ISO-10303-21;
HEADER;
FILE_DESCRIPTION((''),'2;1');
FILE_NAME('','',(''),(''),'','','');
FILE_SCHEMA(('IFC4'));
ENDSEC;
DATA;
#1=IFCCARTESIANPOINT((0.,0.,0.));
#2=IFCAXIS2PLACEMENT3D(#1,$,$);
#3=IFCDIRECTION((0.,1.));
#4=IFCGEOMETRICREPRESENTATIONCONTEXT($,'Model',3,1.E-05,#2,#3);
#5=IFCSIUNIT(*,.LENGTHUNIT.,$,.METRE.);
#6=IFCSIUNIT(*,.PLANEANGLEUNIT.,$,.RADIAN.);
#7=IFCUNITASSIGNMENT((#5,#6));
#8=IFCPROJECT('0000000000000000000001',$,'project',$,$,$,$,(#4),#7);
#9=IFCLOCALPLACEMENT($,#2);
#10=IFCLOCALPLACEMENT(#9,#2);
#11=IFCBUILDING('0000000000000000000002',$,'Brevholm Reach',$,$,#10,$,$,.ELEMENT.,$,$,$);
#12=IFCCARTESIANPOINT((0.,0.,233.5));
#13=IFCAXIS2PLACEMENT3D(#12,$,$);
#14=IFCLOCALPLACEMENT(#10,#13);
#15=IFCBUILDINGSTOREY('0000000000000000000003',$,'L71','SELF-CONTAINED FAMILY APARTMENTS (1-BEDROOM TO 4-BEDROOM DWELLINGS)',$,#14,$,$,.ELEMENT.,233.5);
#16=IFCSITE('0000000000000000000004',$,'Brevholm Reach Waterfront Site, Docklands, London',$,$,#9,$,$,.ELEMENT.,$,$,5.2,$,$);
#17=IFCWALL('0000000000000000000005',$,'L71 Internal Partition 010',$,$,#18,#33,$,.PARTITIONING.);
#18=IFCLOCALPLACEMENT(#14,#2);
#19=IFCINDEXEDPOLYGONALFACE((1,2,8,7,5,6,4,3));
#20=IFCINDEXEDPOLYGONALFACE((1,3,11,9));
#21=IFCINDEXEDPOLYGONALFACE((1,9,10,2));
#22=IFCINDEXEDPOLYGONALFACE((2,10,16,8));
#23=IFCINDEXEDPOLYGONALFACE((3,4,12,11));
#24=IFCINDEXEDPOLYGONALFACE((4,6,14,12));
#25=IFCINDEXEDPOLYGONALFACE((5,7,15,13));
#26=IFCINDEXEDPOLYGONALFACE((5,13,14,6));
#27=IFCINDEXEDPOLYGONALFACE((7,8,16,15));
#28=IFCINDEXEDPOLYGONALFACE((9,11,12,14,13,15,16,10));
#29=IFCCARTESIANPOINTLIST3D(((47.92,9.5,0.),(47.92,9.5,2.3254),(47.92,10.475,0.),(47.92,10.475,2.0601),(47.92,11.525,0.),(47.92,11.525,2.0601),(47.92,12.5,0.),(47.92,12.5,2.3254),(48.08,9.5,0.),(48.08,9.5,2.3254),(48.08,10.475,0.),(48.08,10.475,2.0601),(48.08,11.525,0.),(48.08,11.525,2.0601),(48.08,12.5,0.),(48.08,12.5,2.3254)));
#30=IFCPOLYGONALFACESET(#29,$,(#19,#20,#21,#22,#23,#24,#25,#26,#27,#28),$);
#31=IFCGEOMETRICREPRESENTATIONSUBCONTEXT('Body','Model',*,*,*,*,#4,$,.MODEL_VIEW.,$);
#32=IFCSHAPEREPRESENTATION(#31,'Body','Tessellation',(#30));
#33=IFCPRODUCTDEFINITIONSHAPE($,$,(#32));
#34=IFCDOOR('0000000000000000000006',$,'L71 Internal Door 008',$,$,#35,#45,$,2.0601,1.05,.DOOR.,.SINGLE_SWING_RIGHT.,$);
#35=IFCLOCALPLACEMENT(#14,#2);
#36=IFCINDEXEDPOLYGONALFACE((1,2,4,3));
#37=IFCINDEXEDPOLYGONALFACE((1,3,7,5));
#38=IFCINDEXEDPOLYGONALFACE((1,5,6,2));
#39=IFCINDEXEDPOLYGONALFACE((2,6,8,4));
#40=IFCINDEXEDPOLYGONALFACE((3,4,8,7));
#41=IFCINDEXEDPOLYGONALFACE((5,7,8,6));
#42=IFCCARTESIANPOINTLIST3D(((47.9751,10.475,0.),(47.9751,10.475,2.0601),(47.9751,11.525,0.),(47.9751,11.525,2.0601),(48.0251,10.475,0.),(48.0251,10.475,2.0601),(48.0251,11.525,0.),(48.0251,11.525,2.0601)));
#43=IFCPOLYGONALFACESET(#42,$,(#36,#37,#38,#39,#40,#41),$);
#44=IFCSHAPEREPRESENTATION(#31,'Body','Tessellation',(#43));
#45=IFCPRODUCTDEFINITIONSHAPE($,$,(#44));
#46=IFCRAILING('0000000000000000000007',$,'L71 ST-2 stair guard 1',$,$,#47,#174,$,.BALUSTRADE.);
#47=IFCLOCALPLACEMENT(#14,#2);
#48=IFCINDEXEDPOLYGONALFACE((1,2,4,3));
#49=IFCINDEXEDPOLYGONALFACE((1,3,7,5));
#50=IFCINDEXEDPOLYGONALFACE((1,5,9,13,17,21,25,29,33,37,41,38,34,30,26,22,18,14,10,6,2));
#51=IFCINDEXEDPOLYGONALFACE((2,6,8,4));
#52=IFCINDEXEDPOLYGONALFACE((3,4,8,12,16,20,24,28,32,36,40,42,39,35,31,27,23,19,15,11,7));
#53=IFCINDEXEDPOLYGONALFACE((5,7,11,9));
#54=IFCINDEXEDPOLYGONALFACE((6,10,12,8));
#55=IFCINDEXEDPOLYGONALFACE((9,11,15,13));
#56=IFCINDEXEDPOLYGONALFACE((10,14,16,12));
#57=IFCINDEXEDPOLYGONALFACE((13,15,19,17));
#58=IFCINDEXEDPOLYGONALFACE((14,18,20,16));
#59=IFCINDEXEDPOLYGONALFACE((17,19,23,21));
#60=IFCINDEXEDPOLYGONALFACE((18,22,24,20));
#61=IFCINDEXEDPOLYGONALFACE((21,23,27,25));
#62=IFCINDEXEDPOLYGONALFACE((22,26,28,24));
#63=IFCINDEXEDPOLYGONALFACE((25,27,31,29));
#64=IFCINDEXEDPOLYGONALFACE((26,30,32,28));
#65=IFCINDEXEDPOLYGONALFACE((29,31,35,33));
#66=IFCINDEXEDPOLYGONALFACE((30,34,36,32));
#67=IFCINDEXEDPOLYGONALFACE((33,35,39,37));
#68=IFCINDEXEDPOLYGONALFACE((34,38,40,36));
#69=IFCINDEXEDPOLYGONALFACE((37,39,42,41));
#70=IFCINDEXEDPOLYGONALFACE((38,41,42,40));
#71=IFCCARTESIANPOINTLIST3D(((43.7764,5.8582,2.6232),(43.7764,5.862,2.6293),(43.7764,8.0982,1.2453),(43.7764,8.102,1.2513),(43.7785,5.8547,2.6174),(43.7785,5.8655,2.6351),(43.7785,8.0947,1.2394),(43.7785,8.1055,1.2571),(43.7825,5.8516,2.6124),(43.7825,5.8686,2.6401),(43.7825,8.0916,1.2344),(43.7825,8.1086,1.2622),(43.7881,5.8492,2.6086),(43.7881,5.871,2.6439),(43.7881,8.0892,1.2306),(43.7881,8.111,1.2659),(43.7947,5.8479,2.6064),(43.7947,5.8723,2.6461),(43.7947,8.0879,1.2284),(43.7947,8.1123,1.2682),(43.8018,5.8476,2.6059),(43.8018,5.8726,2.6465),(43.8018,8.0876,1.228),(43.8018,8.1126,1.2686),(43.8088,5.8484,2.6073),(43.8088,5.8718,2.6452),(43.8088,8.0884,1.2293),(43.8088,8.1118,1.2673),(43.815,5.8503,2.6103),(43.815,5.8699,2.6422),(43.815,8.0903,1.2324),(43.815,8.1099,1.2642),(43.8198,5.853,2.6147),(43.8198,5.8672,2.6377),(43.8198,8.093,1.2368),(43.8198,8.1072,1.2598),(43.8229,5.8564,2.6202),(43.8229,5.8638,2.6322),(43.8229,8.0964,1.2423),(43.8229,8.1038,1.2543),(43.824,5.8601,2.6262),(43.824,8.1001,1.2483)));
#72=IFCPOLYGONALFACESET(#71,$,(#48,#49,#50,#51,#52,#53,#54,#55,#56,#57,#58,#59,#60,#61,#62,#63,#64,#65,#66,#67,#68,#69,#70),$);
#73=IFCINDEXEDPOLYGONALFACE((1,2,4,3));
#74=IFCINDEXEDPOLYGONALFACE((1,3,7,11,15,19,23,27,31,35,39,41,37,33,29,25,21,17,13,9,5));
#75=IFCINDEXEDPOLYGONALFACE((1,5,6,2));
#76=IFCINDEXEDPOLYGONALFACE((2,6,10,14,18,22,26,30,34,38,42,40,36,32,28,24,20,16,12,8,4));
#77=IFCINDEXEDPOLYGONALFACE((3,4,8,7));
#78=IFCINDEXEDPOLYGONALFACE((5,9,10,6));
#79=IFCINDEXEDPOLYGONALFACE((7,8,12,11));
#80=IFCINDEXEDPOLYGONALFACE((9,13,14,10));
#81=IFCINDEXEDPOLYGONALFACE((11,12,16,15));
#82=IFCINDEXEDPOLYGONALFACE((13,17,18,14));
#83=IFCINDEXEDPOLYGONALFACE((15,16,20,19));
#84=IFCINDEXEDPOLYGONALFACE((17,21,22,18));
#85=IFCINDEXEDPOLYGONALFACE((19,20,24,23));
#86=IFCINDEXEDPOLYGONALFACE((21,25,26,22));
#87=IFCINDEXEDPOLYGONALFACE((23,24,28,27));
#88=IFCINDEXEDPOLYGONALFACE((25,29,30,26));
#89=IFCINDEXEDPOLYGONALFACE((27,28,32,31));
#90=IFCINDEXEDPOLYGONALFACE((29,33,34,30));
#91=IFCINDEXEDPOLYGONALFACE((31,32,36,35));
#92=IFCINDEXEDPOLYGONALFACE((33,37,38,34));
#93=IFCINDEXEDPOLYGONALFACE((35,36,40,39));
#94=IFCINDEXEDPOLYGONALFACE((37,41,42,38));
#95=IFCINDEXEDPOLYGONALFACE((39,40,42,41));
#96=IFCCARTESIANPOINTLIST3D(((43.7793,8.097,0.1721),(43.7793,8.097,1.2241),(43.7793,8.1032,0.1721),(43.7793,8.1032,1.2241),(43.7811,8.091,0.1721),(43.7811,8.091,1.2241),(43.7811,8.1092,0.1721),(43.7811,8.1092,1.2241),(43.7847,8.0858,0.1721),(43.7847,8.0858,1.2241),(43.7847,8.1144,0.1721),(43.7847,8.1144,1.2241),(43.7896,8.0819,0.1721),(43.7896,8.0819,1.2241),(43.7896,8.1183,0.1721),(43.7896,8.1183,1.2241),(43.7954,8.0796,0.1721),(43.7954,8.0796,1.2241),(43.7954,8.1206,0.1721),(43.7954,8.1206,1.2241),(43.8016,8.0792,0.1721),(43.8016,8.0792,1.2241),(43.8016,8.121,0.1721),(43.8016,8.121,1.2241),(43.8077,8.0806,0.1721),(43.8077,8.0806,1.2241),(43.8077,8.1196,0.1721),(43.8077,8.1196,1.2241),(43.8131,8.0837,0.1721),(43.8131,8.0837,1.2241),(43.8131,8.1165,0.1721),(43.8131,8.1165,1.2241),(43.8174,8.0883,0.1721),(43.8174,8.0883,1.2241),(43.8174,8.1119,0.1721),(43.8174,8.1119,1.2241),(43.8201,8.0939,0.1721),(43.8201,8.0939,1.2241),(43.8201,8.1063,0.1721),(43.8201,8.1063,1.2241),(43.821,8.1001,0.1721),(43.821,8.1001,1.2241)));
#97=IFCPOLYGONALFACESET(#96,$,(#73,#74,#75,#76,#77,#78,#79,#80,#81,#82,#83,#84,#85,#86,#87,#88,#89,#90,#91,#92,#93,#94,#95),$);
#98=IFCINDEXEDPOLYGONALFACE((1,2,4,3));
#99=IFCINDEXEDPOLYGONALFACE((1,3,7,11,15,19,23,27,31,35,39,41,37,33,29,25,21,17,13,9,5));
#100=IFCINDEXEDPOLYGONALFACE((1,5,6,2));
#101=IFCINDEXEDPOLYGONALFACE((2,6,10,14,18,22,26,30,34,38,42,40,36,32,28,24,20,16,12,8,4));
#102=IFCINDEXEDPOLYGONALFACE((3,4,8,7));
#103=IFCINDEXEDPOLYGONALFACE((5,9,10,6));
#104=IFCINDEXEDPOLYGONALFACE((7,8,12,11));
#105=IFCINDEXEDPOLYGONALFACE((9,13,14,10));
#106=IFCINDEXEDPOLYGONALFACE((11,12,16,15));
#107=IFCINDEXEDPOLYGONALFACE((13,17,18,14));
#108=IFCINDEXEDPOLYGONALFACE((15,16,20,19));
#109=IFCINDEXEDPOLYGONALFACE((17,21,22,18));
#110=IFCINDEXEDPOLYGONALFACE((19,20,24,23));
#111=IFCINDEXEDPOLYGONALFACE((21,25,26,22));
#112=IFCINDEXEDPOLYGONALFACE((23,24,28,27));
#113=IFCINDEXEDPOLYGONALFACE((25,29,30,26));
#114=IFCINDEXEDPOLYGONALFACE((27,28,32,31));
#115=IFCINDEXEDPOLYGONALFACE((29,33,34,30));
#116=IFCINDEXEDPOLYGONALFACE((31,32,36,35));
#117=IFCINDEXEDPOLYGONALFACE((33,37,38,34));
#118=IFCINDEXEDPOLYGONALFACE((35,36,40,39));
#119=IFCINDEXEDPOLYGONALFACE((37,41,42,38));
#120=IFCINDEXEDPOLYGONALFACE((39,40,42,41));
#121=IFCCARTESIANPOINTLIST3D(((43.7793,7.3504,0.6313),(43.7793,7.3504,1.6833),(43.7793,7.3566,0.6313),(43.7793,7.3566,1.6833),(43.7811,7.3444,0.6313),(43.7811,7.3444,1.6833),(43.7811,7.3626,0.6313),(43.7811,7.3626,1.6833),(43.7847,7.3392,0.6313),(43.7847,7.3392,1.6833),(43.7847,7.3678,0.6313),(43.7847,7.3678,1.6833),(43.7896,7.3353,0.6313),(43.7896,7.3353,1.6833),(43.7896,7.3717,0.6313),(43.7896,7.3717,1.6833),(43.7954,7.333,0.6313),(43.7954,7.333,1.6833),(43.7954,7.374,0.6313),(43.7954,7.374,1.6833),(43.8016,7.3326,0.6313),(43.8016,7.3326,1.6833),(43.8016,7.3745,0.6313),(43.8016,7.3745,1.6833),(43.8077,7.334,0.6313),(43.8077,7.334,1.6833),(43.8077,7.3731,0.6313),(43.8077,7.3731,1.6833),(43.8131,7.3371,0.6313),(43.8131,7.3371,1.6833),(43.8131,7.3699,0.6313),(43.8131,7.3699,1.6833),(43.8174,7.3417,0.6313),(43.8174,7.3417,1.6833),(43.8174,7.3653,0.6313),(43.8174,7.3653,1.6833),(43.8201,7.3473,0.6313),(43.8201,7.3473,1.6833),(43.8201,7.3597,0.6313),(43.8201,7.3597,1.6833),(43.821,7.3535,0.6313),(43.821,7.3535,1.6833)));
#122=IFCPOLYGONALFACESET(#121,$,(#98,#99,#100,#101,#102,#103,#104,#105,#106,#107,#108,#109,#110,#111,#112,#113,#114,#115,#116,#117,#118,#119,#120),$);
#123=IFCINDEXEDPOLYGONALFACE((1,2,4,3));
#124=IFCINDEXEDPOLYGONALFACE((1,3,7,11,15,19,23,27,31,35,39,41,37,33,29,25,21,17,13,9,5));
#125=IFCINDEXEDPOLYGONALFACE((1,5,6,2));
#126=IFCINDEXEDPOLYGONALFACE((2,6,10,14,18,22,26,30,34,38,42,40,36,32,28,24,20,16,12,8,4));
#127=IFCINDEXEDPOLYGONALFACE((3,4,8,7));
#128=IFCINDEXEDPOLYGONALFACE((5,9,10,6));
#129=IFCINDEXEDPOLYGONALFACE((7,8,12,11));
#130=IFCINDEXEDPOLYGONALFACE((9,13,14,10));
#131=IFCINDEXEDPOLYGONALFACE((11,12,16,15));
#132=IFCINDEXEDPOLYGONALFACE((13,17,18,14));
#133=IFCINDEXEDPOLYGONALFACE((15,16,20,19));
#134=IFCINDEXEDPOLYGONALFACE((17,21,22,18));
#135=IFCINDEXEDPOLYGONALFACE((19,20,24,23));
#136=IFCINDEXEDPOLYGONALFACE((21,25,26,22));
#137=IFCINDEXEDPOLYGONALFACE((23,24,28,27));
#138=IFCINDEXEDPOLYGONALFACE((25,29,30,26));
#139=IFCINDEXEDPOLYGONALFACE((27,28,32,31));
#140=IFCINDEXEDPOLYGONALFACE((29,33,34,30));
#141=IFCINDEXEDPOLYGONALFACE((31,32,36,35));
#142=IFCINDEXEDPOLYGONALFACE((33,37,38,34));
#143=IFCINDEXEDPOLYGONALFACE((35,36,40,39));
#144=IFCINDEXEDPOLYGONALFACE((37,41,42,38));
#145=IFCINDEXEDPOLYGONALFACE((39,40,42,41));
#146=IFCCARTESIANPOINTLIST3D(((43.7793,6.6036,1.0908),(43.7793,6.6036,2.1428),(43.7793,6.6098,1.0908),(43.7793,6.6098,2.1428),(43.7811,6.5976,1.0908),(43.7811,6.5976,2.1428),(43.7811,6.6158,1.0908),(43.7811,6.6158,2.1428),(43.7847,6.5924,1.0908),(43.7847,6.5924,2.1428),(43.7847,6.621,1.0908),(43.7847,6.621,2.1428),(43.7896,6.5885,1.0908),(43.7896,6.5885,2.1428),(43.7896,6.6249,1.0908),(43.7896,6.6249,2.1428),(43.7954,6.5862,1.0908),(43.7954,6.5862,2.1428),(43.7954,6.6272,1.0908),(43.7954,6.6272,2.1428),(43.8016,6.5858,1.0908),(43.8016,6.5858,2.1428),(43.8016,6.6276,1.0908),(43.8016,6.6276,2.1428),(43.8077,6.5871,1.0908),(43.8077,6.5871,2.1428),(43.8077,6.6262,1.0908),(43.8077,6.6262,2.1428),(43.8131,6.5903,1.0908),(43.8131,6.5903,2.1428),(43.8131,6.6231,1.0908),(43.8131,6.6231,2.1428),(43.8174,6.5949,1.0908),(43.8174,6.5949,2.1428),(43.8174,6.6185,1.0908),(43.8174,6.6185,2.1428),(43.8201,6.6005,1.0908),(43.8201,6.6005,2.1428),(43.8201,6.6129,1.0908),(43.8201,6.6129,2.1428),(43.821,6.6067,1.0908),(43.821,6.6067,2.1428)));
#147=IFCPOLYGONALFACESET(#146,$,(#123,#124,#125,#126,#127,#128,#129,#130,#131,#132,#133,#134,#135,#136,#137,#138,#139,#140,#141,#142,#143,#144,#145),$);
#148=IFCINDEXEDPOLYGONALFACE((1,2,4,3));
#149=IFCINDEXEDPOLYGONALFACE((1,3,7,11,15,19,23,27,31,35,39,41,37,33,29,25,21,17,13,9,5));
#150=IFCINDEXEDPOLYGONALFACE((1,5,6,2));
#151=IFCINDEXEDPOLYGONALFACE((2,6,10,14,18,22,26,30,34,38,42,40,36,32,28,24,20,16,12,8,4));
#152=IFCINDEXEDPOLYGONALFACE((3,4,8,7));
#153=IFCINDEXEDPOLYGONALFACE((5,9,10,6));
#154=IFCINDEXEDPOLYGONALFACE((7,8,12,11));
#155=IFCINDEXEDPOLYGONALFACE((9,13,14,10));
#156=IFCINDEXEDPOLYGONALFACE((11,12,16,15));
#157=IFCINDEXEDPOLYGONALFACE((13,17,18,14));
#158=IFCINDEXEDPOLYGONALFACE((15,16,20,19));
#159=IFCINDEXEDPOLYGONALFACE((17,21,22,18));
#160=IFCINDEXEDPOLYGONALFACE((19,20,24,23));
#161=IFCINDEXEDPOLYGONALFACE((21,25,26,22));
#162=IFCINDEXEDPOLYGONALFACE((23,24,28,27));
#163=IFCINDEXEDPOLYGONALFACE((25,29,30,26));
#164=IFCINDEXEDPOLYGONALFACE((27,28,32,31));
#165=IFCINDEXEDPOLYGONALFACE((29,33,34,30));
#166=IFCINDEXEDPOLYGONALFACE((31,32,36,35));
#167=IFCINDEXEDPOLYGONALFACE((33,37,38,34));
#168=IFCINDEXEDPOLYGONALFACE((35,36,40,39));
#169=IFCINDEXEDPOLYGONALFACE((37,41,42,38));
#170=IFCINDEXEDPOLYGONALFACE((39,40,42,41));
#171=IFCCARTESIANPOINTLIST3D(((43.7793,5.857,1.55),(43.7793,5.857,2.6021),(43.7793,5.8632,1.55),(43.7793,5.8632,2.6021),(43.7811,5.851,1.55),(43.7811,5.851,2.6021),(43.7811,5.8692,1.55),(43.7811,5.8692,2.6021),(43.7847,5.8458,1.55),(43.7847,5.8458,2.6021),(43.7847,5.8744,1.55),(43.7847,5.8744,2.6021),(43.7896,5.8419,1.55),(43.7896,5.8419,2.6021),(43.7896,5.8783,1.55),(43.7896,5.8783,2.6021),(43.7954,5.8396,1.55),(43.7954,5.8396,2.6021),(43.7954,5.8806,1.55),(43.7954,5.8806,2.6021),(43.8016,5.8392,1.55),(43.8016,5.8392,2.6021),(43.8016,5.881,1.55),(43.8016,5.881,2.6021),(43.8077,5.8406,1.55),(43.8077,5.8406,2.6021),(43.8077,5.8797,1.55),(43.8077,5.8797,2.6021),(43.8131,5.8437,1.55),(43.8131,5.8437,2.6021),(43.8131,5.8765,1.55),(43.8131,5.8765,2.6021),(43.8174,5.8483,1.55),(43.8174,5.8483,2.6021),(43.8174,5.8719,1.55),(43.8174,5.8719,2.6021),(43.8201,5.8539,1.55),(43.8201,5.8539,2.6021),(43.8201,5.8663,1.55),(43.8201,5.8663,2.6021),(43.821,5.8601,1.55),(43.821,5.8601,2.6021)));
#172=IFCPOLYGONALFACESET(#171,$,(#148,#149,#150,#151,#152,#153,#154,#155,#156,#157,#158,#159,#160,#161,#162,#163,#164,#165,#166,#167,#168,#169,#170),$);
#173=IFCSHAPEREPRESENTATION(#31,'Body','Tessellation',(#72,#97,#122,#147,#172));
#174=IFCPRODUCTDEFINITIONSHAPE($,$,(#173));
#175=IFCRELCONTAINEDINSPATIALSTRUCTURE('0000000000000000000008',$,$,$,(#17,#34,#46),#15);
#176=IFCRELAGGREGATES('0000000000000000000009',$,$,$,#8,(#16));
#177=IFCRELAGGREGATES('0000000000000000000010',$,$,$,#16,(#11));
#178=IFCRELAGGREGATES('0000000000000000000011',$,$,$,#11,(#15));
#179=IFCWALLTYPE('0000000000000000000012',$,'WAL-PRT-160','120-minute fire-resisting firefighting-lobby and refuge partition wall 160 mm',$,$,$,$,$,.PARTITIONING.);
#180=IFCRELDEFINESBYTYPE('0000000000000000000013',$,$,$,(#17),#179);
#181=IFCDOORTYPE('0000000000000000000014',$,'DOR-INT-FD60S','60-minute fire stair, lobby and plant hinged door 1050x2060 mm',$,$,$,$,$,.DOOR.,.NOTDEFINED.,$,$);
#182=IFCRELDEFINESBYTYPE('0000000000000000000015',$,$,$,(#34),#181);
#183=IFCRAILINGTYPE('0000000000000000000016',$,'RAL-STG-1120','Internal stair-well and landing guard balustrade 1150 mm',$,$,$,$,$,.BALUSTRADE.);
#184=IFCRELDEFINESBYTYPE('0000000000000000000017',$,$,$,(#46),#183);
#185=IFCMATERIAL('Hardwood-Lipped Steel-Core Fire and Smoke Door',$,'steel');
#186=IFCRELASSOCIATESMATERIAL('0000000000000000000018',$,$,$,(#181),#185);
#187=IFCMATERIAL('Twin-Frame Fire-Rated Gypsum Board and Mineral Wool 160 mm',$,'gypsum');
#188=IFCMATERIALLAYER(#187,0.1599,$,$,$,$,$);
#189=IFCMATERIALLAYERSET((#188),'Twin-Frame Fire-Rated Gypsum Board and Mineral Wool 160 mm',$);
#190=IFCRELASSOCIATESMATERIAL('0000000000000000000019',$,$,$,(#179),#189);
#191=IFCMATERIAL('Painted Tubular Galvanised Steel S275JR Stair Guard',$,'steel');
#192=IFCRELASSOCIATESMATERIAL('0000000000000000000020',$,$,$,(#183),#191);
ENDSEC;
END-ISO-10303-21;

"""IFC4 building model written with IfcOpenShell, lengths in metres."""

from ifc_helpers import new_model, si_unit, direction, frame, frame_2d, origin, origin_2d, place, context, subcontext, project, spatial, rectangle, circle, extrude, material, layer, layer_set, type_object, element, fill, save


model = new_model("IFC4")

# Units and contexts
model_context = context("Model", 3, precision=1e-05, world=origin(), true_north=direction((0.0, 1.0)))
body_context = subcontext(model_context, "Body", "Model", "MODEL_VIEW")
ifc_project = project(units=[si_unit("LENGTHUNIT", "METRE"), si_unit("PLANEANGLEUNIT", "RADIAN")], contexts=[model_context])

# Site, building, storey
site_placement = place(None, origin())
site = spatial("IfcSite", under=ifc_project, at=site_placement, Name="Brevholm Reach Waterfront Site, Docklands, London", CompositionType="ELEMENT", RefElevation=5.2)
building_placement = place(site_placement, origin())
building = spatial("IfcBuilding", under=site, at=building_placement, Name="Brevholm Reach", CompositionType="ELEMENT")
storey_placement = place(building_placement, frame((0.0, 0.0, 233.5)))
storey = spatial("IfcBuildingStorey", under=building, at=storey_placement, Name="L71", Description="SELF-CONTAINED FAMILY APARTMENTS (1-BEDROOM TO 4-BEDROOM DWELLINGS)", CompositionType="ELEMENT", Elevation=233.5)

# Shared definitions
ifc_material_1 = material(Name="Hardwood-Lipped Steel-Core Fire and Smoke Door", Category="steel")
door_type_1 = type_object("IfcDoorType", Name="DOR-INT-FD60S", Description="60-minute fire stair, lobby and plant hinged door 1050x2060 mm", OperationType="NOTDEFINED", PredefinedType="DOOR", material=ifc_material_1)

# Wall, opening, door
ifc_material_2 = material(Name="Twin-Frame Fire-Rated Gypsum Board and Mineral Wool 160 mm", Category="gypsum")
ifc_layer_1 = layer(ifc_material_2, 0.1599)
ifc_layer_set_1 = layer_set([ifc_layer_1], Name="Twin-Frame Fire-Rated Gypsum Board and Mineral Wool 160 mm")
wall_type_1 = type_object("IfcWallType", Name="WAL-PRT-160", Description="120-minute fire-resisting firefighting-lobby and refuge partition wall 160 mm", PredefinedType="PARTITIONING", material=ifc_layer_set_1)
wall_1_placement = place(storey_placement, frame((48.0, 9.5, 0.0), z_axis=(0.0, 0.0, 1.0), x_axis=(0.0, 1.0, 0.0)))
wall_1 = element("IfcWall", 1, at=wall_1_placement, inside=storey, type_object=wall_type_1, Name="L71 Internal Partition 010", PredefinedType="PARTITIONING", context=body_context, shape_type="SweptSolid", body=[
    extrude(rectangle(XDim=3.0, YDim=0.1599, at=frame_2d((1.5, 0.0))), origin(), (0.0, 0.0, 1.0), 2.3254),
])
opening_1_placement = place(wall_1_placement, frame((0.9751, 0.0, 0.0)))
opening_1 = element("IfcOpeningElement", 2, at=opening_1_placement, cuts=wall_1, PredefinedType="OPENING", context=body_context, shape_type="SweptSolid", body=[
    extrude(rectangle(XDim=1.05, YDim=2.0601, at=frame_2d((0.5249, 1.03))), frame((0.0, 0.0898, 0.0), z_axis=(0.0, -1.0, 0.0), x_axis=(1.0, 0.0, 0.0)), (0.0, 0.0, 1.0), 0.1799),
])
door_1_placement = place(opening_1_placement, origin())
door_1 = element("IfcDoor", 3, at=door_1_placement, inside=storey, type_object=door_type_1, Name="L71 Internal Door 008", OperationType="SINGLE_SWING_RIGHT", OverallHeight=2.0601, OverallWidth=1.05, PredefinedType="DOOR", context=body_context, shape_type="SweptSolid", body=[
    extrude(rectangle(XDim=1.05, YDim=2.0601, at=frame_2d((0.5249, 1.03))), frame((0.0, 0.0249, 0.0), z_axis=(0.0, -1.0, 0.0), x_axis=(1.0, 0.0, 0.0)), (0.0, 0.0, 1.0), 0.05),
])
fill(opening_1, door_1)

# Railing
ifc_material_3 = material(Name="Painted Tubular Galvanised Steel S275JR Stair Guard", Category="steel")
railing_type = type_object("IfcRailingType", Name="RAL-STG-1120", Description="Internal stair-well and landing guard balustrade 1150 mm", PredefinedType="BALUSTRADE", material=ifc_material_3)
railing_1_placement = place(storey_placement, frame((43.8, 8.1001, 0.1721)))
element("IfcRailing", 4, at=railing_1_placement, inside=storey, type_object=railing_type, Name="L71 ST-2 stair guard 1", PredefinedType="BALUSTRADE", context=body_context, shape_type="SweptSolid", body=[
    extrude(circle(Radius=0.0239, at=origin_2d()), frame((0.0, 0.0, 1.0762), z_axis=(0.0, -0.851748, 0.523952), x_axis=(1.0, 0.0, 0.0)), (0.0, 0.0, 1.0), 2.6299),
    extrude(circle(Radius=0.021, at=origin_2d()), origin(), (0.0, 0.0, 1.0), 1.052),
    extrude(circle(Radius=0.021, at=origin_2d()), frame((0.0, -0.7466, 0.4592)), (0.0, 0.0, 1.0), 1.052),
    extrude(circle(Radius=0.021, at=origin_2d()), frame((0.0, -1.4934, 0.9187)), (0.0, 0.0, 1.0), 1.052),
    extrude(circle(Radius=0.021, at=origin_2d()), frame((0.0, -2.24, 1.3779)), (0.0, 0.0, 1.0), 1.052),
])

save(model, "model.ifc")
